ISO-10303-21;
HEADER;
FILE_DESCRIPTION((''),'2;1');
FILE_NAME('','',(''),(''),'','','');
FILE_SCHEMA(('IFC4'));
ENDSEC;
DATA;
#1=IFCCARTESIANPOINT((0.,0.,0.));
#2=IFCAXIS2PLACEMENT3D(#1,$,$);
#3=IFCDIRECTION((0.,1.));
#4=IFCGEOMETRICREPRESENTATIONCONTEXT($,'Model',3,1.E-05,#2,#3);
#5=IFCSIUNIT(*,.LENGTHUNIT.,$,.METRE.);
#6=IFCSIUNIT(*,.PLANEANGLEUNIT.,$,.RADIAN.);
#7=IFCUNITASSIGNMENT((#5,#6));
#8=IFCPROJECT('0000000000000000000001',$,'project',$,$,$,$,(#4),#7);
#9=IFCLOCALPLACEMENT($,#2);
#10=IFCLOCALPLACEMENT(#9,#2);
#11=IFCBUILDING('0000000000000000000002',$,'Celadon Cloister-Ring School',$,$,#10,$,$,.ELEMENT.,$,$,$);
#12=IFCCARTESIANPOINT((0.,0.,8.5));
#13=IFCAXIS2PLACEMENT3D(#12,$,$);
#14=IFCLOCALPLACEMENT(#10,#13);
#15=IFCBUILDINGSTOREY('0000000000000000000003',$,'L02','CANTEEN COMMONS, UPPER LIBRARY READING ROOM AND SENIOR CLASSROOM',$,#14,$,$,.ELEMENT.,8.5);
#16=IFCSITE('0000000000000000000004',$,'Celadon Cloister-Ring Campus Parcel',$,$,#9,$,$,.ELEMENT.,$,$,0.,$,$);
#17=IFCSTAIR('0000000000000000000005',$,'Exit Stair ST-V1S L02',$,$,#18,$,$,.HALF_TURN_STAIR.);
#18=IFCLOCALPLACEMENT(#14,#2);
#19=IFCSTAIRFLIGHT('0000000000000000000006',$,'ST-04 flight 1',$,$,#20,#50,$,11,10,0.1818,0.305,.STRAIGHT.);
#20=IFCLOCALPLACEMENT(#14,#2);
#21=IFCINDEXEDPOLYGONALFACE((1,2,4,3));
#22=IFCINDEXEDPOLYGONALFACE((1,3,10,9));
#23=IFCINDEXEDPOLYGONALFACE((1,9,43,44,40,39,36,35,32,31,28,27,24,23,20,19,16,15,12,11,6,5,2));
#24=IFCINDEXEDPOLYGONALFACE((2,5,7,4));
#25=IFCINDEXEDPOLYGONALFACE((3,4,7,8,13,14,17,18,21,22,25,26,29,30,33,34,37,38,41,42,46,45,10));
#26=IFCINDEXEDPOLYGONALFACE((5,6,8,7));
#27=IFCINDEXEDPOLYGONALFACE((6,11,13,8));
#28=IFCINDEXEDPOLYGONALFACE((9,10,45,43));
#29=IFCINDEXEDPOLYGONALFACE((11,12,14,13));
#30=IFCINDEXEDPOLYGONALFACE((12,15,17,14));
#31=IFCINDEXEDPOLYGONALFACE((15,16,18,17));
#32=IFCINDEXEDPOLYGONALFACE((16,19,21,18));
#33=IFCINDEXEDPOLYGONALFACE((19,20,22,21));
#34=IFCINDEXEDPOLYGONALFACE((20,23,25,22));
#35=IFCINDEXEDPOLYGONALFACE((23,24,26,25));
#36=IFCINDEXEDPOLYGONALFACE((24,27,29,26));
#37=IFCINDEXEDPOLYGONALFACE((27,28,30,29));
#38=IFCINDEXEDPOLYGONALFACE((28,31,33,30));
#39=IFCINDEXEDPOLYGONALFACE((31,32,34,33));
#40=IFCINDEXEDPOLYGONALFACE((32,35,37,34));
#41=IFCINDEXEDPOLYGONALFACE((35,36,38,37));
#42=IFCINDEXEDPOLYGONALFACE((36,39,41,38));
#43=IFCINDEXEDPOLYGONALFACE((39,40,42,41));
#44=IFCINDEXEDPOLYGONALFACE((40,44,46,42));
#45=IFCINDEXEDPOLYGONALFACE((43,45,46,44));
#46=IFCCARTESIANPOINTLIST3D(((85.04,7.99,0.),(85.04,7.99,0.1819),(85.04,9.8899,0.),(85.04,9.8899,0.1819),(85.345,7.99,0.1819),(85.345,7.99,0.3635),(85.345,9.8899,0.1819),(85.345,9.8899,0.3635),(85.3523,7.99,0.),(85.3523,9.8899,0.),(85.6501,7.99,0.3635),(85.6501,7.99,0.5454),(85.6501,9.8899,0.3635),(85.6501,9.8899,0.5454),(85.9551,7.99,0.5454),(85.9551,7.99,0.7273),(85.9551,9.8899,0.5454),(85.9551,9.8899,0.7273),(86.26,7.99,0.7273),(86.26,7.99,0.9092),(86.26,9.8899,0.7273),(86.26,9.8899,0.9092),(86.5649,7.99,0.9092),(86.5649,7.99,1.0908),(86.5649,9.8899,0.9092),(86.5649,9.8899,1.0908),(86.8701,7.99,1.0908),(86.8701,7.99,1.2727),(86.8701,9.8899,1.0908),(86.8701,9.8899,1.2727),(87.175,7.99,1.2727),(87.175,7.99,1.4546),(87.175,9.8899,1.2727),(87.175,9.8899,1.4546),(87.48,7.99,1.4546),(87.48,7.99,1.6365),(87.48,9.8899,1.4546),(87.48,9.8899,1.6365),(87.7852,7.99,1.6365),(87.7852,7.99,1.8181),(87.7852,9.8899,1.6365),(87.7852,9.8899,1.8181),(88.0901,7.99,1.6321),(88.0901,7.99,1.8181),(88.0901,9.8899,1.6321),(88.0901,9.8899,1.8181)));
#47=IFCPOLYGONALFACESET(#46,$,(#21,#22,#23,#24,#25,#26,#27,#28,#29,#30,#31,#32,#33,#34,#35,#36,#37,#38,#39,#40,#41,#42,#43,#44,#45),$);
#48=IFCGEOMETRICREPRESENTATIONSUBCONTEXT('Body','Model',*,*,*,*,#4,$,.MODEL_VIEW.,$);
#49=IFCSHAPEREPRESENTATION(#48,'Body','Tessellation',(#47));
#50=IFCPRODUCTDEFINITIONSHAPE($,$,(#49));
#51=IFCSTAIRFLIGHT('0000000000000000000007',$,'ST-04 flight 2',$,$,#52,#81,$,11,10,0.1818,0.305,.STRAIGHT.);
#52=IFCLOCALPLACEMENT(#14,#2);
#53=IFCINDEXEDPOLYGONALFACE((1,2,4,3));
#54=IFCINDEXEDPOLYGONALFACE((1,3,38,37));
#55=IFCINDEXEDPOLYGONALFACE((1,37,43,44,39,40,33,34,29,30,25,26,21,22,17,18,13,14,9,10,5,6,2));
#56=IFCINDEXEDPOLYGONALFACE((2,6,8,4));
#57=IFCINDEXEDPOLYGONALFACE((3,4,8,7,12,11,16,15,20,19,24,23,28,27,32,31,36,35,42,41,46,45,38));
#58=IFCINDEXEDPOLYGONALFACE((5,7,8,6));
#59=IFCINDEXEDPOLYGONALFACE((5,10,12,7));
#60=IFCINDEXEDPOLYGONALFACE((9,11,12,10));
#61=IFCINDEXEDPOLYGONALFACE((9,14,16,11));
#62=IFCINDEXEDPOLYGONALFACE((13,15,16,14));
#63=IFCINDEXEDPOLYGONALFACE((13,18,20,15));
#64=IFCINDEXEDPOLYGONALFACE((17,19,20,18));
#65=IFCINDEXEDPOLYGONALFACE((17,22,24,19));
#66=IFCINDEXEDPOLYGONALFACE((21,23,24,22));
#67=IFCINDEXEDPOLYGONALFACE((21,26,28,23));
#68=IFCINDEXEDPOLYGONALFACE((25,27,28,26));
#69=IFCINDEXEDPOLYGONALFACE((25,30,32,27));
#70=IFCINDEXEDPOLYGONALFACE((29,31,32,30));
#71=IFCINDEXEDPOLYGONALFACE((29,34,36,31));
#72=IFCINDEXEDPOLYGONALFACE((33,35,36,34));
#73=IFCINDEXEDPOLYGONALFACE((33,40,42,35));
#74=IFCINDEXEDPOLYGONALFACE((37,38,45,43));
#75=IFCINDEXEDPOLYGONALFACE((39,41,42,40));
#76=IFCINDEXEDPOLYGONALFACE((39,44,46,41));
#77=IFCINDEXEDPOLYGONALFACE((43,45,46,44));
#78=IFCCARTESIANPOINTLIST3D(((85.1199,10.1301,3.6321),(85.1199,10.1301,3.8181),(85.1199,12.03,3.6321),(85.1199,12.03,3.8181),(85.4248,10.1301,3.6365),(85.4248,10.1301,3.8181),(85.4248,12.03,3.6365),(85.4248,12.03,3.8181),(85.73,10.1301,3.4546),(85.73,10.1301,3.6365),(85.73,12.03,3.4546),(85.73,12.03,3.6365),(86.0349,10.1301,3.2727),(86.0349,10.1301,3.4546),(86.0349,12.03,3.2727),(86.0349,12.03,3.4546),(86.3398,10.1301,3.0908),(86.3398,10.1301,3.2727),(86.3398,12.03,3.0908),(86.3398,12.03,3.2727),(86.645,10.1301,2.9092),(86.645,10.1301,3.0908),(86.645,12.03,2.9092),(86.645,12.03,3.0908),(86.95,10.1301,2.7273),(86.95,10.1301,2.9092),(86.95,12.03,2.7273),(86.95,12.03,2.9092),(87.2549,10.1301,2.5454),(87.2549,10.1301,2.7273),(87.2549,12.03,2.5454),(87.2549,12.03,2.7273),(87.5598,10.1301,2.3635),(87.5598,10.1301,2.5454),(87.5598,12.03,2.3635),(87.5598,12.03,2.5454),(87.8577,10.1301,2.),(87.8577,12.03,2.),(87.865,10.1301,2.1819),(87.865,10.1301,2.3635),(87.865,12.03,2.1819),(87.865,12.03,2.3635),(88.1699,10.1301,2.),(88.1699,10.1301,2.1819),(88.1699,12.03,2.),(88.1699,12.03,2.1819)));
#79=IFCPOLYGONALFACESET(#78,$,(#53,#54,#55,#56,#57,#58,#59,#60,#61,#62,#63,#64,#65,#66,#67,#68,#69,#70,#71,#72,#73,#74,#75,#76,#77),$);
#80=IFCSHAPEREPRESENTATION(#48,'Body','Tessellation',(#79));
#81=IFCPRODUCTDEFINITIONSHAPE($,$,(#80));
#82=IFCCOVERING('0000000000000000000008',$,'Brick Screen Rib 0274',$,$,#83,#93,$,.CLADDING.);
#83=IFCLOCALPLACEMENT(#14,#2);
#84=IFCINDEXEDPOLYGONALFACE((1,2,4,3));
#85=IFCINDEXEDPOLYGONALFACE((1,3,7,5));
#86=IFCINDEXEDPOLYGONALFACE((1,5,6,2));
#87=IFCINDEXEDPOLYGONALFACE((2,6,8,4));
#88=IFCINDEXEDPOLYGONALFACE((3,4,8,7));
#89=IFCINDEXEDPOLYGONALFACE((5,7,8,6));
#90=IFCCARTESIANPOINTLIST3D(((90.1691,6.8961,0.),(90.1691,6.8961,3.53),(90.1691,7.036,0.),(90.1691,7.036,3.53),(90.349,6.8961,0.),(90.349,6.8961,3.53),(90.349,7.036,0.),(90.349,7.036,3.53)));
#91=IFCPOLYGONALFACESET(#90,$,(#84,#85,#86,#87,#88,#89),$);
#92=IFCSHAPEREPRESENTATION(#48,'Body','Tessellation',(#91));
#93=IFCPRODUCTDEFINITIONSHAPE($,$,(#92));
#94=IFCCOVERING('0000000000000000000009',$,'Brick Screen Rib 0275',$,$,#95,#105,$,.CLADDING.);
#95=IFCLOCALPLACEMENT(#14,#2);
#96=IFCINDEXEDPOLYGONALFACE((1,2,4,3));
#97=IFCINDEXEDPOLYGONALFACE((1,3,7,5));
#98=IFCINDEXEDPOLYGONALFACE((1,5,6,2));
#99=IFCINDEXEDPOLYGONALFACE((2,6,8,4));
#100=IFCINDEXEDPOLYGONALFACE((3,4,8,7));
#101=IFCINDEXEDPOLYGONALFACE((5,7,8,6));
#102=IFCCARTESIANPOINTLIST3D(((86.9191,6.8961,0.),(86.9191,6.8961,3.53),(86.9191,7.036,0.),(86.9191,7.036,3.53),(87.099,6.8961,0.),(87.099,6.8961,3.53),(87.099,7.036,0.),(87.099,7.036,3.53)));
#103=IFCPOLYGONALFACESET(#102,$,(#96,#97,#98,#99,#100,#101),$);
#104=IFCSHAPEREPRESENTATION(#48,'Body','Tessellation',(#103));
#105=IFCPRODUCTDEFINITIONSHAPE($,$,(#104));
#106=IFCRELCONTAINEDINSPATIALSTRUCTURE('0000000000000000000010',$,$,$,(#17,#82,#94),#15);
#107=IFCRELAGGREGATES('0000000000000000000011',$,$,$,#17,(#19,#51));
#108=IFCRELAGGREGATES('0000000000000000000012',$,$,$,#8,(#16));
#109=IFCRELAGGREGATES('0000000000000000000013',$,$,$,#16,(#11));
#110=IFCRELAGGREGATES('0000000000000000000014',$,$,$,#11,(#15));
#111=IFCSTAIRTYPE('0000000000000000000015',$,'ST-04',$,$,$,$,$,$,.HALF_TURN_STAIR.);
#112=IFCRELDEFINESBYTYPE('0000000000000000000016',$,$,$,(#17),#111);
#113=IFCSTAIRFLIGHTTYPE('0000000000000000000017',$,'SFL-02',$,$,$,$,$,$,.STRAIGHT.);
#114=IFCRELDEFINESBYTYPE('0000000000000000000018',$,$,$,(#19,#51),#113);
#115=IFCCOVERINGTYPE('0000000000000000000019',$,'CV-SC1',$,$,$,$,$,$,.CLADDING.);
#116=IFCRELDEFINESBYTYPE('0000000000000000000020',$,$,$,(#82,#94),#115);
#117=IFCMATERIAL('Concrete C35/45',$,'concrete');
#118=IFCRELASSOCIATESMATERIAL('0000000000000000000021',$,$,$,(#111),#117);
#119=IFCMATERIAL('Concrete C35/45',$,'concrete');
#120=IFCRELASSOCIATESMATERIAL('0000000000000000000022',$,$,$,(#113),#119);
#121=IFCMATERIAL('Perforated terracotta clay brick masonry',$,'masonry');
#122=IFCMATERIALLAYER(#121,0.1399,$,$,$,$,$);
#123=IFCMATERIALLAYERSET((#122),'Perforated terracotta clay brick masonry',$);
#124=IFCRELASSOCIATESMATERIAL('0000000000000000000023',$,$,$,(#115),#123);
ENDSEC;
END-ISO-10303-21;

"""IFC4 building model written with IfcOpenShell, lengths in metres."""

from ifc_helpers import new_model, si_unit, direction, frame, origin, origin_2d, place, context, subcontext, project, spatial, polyline, rectangle, outline, extrude, material, layer, layer_set, type_object, element, aggregate, save


model = new_model("IFC4")

# Units and contexts
model_context = context("Model", 3, precision=1e-05, world=origin(), true_north=direction((0.0, 1.0)))
body_context = subcontext(model_context, "Body", "Model", "MODEL_VIEW")
ifc_project = project(units=[si_unit("LENGTHUNIT", "METRE"), si_unit("PLANEANGLEUNIT", "RADIAN")], contexts=[model_context])

# Site, building, storey
site_placement = place(None, origin())
site = spatial("IfcSite", under=ifc_project, at=site_placement, Name="Celadon Cloister-Ring Campus Parcel", CompositionType="ELEMENT", RefElevation=0.0)
building_placement = place(site_placement, origin())
building = spatial("IfcBuilding", under=site, at=building_placement, Name="Celadon Cloister-Ring School", CompositionType="ELEMENT")
storey_placement = place(building_placement, frame((0.0, 0.0, 8.5)))
storey = spatial("IfcBuildingStorey", under=building, at=storey_placement, Name="L02", Description="CANTEEN COMMONS, UPPER LIBRARY READING ROOM AND SENIOR CLASSROOM", CompositionType="ELEMENT", Elevation=8.5)

# Stair, stair flights
ifc_material_1 = material(Name="Concrete C35/45", Category="concrete")
stair_type = type_object("IfcStairType", Name="ST-04", PredefinedType="HALF_TURN_STAIR", material=ifc_material_1)
stair_placement = place(storey_placement, origin())
stair = element("IfcStair", 1, at=stair_placement, inside=storey, type_object=stair_type, Name="Exit Stair ST-V1S L02", PredefinedType="HALF_TURN_STAIR")
ifc_material_2 = material(Name="Concrete C35/45", Category="concrete")
stair_flight_type = type_object("IfcStairFlightType", Name="SFL-02", PredefinedType="STRAIGHT", material=ifc_material_2)
stair_flight_1_placement = place(storey_placement, frame((85.04, 8.9399, 0.0), z_axis=(0.0, 0.0, 1.0), x_axis=(1.0, 0.0, 0.0)))
stair_flight_1 = element("IfcStairFlight", 2, at=stair_flight_1_placement, type_object=stair_flight_type, Name="ST-04 flight 1", NumberOfRisers=11, NumberOfTreads=10, PredefinedType="STRAIGHT", RiserHeight=0.1818, TreadLength=0.305, context=body_context, shape_type="SweptSolid", body=[
    extrude(outline(polyline([(0.0, 0.0), (0.0, 0.1819), (0.3049, 0.1819), (0.3049, 0.3635), (0.6101, 0.3635), (0.6101, 0.5454), (0.915, 0.5454), (0.915, 0.7273), (1.22, 0.7273), (1.22, 0.9092), (1.5249, 0.9092), (1.5249, 1.0908), (1.8301, 1.0908), (1.8301, 1.2727), (2.135, 1.2727), (2.135, 1.4546), (2.4399, 1.4546), (2.4399, 1.6365), (2.7451, 1.6365), (2.7451, 1.8181), (3.05, 1.8181), (3.05, 2.0), (3.05, 1.6321), (0.3123, 0.0), (0.0, 0.0)])), frame((0.0, 0.95, 0.0), z_axis=(0.0, -1.0, 0.0), x_axis=(1.0, 0.0, 0.0)), (0.0, 0.0, 1.0), 1.8999),
])
stair_flight_2_placement = place(storey_placement, frame((88.1699, 11.0801, 2.0), z_axis=(0.0, 0.0, 1.0), x_axis=(-1.0, 0.0, 0.0)))
stair_flight_2 = element("IfcStairFlight", 3, at=stair_flight_2_placement, type_object=stair_flight_type, Name="ST-04 flight 2", NumberOfRisers=11, NumberOfTreads=10, PredefinedType="STRAIGHT", RiserHeight=0.1818, TreadLength=0.305, context=body_context, shape_type="SweptSolid", body=[
    extrude(outline(polyline([(0.0, 0.0), (0.0, 0.1819), (0.3049, 0.1819), (0.3049, 0.3635), (0.6101, 0.3635), (0.6101, 0.5454), (0.915, 0.5454), (0.915, 0.7273), (1.22, 0.7273), (1.22, 0.9092), (1.5249, 0.9092), (1.5249, 1.0908), (1.8301, 1.0908), (1.8301, 1.2727), (2.135, 1.2727), (2.135, 1.4546), (2.4399, 1.4546), (2.4399, 1.6365), (2.7451, 1.6365), (2.7451, 1.8181), (3.05, 1.8181), (3.05, 2.0), (3.05, 1.6321), (0.3123, 0.0), (0.0, 0.0)])), frame((0.0, 0.95, 0.0), z_axis=(0.0, -1.0, 0.0), x_axis=(1.0, 0.0, 0.0)), (0.0, 0.0, 1.0), 1.8999),
])
aggregate(stair, [stair_flight_1, stair_flight_2])

# Coverings
ifc_material_3 = material(Name="Perforated terracotta clay brick masonry", Category="masonry")
ifc_layer_1 = layer(ifc_material_3, 0.1399)
ifc_layer_set_1 = layer_set([ifc_layer_1], Name="Perforated terracotta clay brick masonry")
covering_type = type_object("IfcCoveringType", Name="CV-SC1", PredefinedType="CLADDING", material=ifc_layer_set_1)
for number, where, z_axis, x_axis, name in (
    (4, (90.259, 6.9661, 0.0), (0.0, 0.0, 1.0), (-1.0, 0.0, 0.0), "Brick Screen Rib 0274"),
    (5, (87.009, 6.9661, 0.0), (0.0, 0.0, 1.0), (-1.0, 0.0, 0.0), "Brick Screen Rib 0275"),
):
    element("IfcCovering", number, at=place(storey_placement, frame(where, z_axis=z_axis, x_axis=x_axis)), inside=storey, type_object=covering_type, Name=name, PredefinedType="CLADDING", context=body_context, shape_type="SweptSolid", body=[
        extrude(rectangle(XDim=0.1799, YDim=0.1399, at=origin_2d()), origin(), (0.0, 0.0, 1.0), 3.53),
    ])

save(model, "model.ifc")
